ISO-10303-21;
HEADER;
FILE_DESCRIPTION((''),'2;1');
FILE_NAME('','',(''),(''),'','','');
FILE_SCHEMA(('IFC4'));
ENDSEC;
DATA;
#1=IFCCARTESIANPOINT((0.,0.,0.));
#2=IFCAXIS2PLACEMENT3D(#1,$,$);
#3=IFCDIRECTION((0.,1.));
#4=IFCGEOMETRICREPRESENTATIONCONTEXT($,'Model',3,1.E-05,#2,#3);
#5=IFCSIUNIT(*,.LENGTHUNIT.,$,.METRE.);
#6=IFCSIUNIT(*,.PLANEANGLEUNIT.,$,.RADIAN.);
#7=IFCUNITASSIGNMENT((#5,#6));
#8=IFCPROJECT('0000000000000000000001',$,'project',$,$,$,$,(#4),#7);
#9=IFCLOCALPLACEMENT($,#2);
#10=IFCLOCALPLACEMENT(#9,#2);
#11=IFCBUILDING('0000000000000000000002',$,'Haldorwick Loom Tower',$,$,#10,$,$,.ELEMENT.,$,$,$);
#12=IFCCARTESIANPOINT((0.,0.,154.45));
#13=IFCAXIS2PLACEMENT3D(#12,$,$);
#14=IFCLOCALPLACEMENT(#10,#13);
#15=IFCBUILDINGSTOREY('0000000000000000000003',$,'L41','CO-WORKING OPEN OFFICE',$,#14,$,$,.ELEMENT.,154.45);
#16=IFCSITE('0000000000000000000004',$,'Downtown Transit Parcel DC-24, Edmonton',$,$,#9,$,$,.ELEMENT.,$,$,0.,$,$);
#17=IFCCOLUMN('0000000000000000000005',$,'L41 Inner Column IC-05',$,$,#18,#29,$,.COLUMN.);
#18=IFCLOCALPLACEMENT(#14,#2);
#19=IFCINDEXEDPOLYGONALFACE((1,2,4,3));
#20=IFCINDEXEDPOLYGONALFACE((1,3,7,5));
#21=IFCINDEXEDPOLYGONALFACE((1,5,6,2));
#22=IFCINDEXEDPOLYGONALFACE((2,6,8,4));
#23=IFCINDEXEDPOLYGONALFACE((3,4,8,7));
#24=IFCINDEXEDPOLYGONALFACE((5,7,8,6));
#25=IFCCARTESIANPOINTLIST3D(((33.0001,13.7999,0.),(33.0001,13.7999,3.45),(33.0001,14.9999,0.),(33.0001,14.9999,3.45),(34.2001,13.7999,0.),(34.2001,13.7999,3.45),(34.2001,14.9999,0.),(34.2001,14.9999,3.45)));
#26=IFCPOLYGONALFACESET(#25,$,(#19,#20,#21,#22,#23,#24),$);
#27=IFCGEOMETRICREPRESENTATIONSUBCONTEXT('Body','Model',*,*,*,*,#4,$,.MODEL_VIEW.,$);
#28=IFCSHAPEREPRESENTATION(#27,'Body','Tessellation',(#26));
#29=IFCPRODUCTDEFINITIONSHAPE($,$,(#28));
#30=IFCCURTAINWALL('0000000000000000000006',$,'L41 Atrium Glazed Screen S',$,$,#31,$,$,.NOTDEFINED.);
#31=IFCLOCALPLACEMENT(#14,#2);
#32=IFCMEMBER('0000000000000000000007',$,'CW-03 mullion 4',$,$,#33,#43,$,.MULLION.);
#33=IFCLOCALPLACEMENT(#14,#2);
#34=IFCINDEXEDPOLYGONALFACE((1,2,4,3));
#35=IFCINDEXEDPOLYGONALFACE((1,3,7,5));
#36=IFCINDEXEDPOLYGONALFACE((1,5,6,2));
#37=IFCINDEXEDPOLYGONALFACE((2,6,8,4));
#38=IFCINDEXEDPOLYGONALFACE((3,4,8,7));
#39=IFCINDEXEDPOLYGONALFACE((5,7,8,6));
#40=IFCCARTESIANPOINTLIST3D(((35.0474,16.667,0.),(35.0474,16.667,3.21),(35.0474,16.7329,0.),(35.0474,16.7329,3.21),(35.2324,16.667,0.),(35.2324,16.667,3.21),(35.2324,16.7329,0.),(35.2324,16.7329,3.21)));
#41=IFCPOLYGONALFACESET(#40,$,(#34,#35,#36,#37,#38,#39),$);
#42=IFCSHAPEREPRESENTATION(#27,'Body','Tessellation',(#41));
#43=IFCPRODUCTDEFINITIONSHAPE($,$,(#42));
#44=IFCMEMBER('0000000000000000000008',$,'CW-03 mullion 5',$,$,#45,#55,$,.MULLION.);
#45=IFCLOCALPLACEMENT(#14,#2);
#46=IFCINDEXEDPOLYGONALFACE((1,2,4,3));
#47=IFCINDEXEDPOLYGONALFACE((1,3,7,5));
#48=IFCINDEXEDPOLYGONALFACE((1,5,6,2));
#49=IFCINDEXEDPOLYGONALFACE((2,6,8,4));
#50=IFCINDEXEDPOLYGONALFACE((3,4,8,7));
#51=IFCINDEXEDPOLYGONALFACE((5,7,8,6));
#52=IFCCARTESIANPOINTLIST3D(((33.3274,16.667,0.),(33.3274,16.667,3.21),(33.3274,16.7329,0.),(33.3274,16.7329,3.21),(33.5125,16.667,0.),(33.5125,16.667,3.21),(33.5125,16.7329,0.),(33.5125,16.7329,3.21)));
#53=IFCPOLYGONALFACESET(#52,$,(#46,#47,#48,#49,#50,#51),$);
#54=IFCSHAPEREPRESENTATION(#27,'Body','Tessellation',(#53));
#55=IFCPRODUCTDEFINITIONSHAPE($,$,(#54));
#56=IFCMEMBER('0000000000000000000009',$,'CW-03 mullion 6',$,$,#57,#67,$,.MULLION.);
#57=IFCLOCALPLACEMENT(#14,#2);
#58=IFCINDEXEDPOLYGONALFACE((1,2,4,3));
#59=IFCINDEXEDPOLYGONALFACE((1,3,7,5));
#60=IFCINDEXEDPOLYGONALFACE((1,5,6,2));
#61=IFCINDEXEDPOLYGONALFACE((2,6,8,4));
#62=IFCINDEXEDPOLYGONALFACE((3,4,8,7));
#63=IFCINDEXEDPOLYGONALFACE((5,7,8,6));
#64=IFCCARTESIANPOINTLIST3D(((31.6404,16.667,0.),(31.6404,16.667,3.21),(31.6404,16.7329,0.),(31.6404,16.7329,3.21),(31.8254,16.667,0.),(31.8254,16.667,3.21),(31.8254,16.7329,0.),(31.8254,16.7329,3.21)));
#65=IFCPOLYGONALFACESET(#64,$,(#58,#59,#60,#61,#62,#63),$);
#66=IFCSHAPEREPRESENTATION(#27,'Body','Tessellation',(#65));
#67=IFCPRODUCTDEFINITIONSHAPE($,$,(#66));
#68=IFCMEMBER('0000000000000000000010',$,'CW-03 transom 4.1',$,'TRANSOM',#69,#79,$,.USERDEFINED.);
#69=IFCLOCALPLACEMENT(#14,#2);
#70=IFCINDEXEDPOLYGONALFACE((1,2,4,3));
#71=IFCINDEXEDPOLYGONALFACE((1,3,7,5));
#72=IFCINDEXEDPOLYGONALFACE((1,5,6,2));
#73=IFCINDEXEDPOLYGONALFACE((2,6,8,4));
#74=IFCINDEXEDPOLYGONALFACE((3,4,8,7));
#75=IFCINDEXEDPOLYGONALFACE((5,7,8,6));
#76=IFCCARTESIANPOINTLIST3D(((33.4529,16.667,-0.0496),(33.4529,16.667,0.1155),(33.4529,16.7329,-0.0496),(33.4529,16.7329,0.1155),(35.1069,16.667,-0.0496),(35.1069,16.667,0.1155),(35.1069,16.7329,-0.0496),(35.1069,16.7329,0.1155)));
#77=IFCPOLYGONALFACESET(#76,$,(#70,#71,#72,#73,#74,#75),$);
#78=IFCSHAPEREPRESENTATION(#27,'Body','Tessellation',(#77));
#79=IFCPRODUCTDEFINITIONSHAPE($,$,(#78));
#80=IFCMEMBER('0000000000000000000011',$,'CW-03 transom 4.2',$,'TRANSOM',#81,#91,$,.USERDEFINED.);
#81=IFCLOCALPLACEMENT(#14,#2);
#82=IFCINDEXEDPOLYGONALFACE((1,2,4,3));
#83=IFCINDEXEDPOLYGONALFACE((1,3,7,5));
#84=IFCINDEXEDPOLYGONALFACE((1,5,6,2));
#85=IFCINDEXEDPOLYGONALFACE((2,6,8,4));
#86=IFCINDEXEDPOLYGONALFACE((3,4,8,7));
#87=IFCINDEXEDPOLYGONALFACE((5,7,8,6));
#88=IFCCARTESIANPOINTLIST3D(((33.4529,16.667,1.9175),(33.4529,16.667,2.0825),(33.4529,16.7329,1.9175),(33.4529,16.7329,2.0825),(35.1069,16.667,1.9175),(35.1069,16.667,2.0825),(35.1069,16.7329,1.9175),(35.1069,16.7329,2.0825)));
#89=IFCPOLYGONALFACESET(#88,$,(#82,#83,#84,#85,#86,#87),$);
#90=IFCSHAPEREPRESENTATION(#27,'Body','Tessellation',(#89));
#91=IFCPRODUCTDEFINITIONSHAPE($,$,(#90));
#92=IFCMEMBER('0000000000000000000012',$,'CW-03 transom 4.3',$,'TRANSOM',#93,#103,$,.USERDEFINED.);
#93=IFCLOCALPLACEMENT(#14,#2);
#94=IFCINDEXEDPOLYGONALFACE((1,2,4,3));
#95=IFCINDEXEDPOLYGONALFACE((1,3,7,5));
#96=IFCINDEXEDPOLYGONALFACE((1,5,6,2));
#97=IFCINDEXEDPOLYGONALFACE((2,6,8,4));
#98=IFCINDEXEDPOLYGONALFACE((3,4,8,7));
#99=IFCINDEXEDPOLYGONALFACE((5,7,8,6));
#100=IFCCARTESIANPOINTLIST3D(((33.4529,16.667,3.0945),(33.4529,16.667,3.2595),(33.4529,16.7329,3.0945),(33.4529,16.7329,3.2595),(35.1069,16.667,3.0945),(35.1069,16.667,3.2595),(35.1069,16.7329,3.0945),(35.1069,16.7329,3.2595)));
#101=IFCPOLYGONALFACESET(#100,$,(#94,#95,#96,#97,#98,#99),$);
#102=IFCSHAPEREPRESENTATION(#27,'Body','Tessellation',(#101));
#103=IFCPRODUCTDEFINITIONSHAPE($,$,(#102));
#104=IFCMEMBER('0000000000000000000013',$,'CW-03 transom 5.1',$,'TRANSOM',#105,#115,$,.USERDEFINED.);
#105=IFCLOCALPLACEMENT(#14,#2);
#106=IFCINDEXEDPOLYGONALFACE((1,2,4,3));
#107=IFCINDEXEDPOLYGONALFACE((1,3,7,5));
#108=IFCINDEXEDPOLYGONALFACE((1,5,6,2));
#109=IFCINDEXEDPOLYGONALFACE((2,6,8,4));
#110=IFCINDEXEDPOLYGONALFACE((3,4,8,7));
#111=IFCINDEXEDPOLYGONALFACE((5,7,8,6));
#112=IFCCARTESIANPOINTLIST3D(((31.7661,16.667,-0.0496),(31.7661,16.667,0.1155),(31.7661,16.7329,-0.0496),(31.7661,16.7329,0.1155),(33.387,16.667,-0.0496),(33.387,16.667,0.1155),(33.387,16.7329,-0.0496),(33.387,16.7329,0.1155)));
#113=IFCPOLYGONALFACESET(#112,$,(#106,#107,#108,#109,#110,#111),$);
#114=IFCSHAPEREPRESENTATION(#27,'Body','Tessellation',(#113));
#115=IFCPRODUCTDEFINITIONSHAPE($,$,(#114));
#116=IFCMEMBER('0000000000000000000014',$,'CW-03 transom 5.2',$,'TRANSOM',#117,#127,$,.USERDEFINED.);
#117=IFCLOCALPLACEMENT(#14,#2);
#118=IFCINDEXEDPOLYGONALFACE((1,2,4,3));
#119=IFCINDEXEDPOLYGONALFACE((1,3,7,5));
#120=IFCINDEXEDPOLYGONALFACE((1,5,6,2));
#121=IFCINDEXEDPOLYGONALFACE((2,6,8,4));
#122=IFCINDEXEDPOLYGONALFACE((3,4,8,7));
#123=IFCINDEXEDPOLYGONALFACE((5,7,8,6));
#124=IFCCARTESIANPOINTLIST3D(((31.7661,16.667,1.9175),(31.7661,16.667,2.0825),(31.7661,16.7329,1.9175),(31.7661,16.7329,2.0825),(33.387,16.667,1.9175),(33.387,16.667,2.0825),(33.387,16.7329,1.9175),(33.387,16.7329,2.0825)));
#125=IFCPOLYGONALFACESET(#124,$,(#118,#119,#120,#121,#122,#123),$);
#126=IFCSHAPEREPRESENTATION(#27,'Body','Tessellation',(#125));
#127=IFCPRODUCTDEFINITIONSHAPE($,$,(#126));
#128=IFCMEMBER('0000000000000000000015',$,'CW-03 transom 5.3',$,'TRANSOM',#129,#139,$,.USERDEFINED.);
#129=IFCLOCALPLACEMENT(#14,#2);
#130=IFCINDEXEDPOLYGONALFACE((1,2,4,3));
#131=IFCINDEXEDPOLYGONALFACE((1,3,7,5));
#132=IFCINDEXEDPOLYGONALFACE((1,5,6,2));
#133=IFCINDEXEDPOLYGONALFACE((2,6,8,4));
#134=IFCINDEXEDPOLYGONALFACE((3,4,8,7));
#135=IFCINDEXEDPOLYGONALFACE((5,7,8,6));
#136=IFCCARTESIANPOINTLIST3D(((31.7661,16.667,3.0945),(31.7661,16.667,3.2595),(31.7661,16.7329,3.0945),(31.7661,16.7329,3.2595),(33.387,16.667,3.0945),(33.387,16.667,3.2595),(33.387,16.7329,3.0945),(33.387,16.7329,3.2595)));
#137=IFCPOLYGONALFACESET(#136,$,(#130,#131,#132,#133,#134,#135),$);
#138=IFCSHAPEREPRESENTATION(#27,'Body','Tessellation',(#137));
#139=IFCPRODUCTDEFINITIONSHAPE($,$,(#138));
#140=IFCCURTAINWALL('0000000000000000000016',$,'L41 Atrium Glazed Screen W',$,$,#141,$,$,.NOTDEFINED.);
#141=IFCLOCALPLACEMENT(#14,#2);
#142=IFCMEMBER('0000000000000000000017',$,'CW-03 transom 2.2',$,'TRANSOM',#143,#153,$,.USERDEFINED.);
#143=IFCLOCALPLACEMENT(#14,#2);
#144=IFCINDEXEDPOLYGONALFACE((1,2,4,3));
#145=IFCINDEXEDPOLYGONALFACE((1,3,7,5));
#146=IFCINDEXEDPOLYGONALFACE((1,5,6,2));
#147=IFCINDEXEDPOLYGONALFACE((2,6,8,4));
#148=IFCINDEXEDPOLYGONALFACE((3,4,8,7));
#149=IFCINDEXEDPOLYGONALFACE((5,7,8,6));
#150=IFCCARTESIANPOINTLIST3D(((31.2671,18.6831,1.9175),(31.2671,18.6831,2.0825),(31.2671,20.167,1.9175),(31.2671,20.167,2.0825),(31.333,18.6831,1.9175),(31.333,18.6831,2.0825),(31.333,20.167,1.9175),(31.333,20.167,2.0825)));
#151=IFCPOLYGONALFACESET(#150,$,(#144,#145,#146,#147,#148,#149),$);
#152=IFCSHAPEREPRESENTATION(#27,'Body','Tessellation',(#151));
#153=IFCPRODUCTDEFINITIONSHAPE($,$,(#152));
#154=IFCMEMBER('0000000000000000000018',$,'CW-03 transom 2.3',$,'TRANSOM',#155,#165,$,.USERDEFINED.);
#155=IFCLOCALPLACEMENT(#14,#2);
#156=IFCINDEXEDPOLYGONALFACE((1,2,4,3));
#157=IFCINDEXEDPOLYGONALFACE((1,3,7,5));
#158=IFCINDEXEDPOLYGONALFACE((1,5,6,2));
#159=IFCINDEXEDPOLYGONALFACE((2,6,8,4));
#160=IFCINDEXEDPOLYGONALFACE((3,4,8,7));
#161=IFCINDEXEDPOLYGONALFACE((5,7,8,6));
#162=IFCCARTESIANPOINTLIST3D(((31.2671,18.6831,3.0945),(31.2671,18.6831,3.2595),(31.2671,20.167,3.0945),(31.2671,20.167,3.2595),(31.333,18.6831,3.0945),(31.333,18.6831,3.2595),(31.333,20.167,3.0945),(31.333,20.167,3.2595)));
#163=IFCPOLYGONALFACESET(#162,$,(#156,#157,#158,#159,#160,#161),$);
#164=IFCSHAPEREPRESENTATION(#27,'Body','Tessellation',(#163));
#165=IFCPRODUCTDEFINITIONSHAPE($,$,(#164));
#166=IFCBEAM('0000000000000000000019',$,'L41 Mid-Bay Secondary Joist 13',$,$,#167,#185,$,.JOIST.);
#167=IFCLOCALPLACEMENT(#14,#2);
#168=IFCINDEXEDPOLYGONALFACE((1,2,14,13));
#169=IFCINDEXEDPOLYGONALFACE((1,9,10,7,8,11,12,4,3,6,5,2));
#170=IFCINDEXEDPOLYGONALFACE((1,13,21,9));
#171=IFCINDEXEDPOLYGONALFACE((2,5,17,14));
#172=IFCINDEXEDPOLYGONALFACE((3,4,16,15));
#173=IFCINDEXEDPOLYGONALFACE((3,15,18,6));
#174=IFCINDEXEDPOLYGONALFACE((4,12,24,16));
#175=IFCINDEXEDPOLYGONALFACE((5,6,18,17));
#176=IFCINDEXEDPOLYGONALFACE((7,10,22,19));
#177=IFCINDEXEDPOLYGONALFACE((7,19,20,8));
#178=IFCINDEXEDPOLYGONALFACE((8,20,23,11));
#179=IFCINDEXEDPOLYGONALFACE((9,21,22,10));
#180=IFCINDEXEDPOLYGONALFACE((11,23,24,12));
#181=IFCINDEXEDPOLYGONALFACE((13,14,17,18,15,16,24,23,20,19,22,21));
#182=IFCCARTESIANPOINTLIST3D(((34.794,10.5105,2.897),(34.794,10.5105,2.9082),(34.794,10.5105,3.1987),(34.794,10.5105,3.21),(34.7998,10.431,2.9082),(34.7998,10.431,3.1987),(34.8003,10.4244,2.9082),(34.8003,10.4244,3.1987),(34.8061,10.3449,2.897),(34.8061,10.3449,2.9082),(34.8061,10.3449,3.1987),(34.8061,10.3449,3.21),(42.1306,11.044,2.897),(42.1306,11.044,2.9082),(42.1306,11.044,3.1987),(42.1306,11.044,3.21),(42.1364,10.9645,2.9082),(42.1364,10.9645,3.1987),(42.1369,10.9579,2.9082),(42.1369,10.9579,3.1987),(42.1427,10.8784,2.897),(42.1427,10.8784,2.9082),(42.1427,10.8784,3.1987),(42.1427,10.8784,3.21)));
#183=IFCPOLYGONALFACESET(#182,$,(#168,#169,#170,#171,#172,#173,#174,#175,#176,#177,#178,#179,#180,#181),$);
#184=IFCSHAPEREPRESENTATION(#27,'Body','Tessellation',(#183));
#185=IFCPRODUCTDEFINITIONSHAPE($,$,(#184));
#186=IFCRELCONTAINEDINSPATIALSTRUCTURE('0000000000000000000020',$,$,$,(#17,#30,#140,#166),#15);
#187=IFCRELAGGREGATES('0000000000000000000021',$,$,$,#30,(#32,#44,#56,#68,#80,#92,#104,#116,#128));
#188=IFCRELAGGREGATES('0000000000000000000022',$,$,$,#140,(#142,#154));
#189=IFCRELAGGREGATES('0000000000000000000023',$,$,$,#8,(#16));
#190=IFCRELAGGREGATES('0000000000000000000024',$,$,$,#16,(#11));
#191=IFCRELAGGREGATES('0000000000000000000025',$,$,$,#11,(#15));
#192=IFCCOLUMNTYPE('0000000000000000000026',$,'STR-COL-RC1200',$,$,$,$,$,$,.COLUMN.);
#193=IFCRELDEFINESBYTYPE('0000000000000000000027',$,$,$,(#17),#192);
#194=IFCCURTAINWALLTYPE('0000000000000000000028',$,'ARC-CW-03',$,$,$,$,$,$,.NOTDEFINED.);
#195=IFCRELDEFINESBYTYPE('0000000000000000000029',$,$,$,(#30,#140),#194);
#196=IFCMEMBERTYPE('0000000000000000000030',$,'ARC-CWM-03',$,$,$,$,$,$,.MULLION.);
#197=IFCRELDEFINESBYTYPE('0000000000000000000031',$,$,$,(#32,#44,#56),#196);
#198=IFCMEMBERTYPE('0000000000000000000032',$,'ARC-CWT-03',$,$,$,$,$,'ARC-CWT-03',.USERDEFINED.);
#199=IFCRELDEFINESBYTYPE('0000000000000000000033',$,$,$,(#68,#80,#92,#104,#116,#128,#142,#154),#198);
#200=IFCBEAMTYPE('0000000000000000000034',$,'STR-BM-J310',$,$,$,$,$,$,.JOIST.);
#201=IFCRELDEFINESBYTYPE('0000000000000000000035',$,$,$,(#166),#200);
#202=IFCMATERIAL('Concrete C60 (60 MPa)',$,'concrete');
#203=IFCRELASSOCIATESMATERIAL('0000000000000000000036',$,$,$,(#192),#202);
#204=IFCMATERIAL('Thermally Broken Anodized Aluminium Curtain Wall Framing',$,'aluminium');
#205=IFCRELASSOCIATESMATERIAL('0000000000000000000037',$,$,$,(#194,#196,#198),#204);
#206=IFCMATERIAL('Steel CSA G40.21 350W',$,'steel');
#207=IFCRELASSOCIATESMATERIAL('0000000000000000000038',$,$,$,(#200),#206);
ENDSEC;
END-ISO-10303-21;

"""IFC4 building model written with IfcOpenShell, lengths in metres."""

from ifc_helpers import new_model, si_unit, direction, frame, origin, origin_2d, place, context, subcontext, project, spatial, rectangle, i_section, extrude, material, material_profile, profile_set, type_object, element, aggregate, save


model = new_model("IFC4")

# Units and contexts
model_context = context("Model", 3, precision=1e-05, world=origin(), true_north=direction((0.0, 1.0)))
body_context = subcontext(model_context, "Body", "Model", "MODEL_VIEW")
ifc_project = project(units=[si_unit("LENGTHUNIT", "METRE"), si_unit("PLANEANGLEUNIT", "RADIAN")], contexts=[model_context])

# Site, building, storey
site_placement = place(None, origin())
site = spatial("IfcSite", under=ifc_project, at=site_placement, Name="Downtown Transit Parcel DC-24, Edmonton", CompositionType="ELEMENT", RefElevation=0.0)
building_placement = place(site_placement, origin())
building = spatial("IfcBuilding", under=site, at=building_placement, Name="Haldorwick Loom Tower", CompositionType="ELEMENT")
storey_placement = place(building_placement, frame((0.0, 0.0, 154.45)))
storey = spatial("IfcBuildingStorey", under=building, at=storey_placement, Name="L41", Description="CO-WORKING OPEN OFFICE", CompositionType="ELEMENT", Elevation=154.45)

# Column
ifc_material_1 = material(Name="Concrete C60 (60 MPa)", Category="concrete")
ifc_material_profile_1 = material_profile(ifc_material_1, rectangle(XDim=1.2, YDim=1.2, at=origin_2d()), Name="RC1200X1200", Category="concrete")
ifc_profile_set_1 = profile_set([ifc_material_profile_1], Name="Concrete C60 (60 MPa)")
column_type = type_object("IfcColumnType", Name="STR-COL-RC1200", PredefinedType="COLUMN", material=ifc_profile_set_1)
column_placement = place(storey_placement, frame((33.6001, 14.3999, 0.0), z_axis=(0.0, 0.0, 1.0), x_axis=(1.0, 0.0, 0.0)))
element("IfcColumn", 1, at=column_placement, inside=storey, type_object=column_type, Name="L41 Inner Column IC-05", PredefinedType="COLUMN", context=body_context, shape_type="SweptSolid", body=[
    extrude(rectangle(XDim=1.2, YDim=1.2, at=origin_2d()), origin(), (0.0, 0.0, 1.0), 3.45),
])

# Curtain walls, members
ifc_material_2 = material(Name="Thermally Broken Anodized Aluminium Curtain Wall Framing", Category="aluminium")
curtain_wall_type = type_object("IfcCurtainWallType", Name="ARC-CW-03", PredefinedType="NOTDEFINED", material=ifc_material_2)
curtain_wall_1_placement = place(storey_placement, origin())
curtain_wall_1 = element("IfcCurtainWall", 2, at=curtain_wall_1_placement, inside=storey, type_object=curtain_wall_type, Name="L41 Atrium Glazed Screen S", PredefinedType="NOTDEFINED")
ifc_material_profile_2 = material_profile(ifc_material_2, rectangle(XDim=0.0659, YDim=0.1851, at=origin_2d()), Name="ALU_MUL_66X185", Category="aluminium")
ifc_profile_set_2 = profile_set([ifc_material_profile_2], Name="Thermally Broken Anodized Aluminium Curtain Wall Framing")
member_type_1 = type_object("IfcMemberType", Name="ARC-CWM-03", PredefinedType="MULLION", material=ifc_profile_set_2)
member_1_placement = place(storey_placement, frame((35.1399, 16.7, 0.0), z_axis=(0.0, 0.0, 1.0), x_axis=(0.0, -1.0, 0.0)))
member_1 = element("IfcMember", 3, at=member_1_placement, type_object=member_type_1, Name="CW-03 mullion 4", PredefinedType="MULLION", context=body_context, shape_type="SweptSolid", body=[
    extrude(rectangle(XDim=0.0659, YDim=0.1851, at=origin_2d()), origin(), (0.0, 0.0, 1.0), 3.21),
])
member_2_placement = place(storey_placement, frame((33.4199, 16.7, 0.0), z_axis=(0.0, 0.0, 1.0), x_axis=(0.0, -1.0, 0.0)))
member_2 = element("IfcMember", 4, at=member_2_placement, type_object=member_type_1, Name="CW-03 mullion 5", PredefinedType="MULLION", context=body_context, shape_type="SweptSolid", body=[
    extrude(rectangle(XDim=0.0659, YDim=0.1851, at=origin_2d()), origin(), (0.0, 0.0, 1.0), 3.21),
])
member_3_placement = place(storey_placement, frame((31.7329, 16.7, 0.0), z_axis=(0.0, 0.0, 1.0), x_axis=(0.0, -1.0, 0.0)))
member_3 = element("IfcMember", 5, at=member_3_placement, type_object=member_type_1, Name="CW-03 mullion 6", PredefinedType="MULLION", context=body_context, shape_type="SweptSolid", body=[
    extrude(rectangle(XDim=0.0659, YDim=0.1851, at=origin_2d()), origin(), (0.0, 0.0, 1.0), 3.21),
])
ifc_material_profile_3 = material_profile(ifc_material_2, rectangle(XDim=0.0659, YDim=0.165, at=origin_2d()), Name="ALU_TRN_66X165", Category="aluminium")
ifc_profile_set_3 = profile_set([ifc_material_profile_3], Name="Thermally Broken Anodized Aluminium Curtain Wall Framing")
member_type_2 = type_object("IfcMemberType", Name="ARC-CWT-03", ElementType="ARC-CWT-03", PredefinedType="USERDEFINED", material=ifc_profile_set_3)
member_4_placement = place(storey_placement, frame((35.1069, 16.7, 0.033), z_axis=(-1.0, 0.0, 0.0), x_axis=(0.0, -1.0, 0.0)))
member_4 = element("IfcMember", 6, at=member_4_placement, type_object=member_type_2, Name="CW-03 transom 4.1", ObjectType="TRANSOM", PredefinedType="USERDEFINED", context=body_context, shape_type="SweptSolid", body=[
    extrude(rectangle(XDim=0.0659, YDim=0.165, at=origin_2d()), origin(), (0.0, 0.0, 1.0), 1.6541),
])
member_5_placement = place(storey_placement, frame((35.1069, 16.7, 2.0), z_axis=(-1.0, 0.0, 0.0), x_axis=(0.0, -1.0, 0.0)))
member_5 = element("IfcMember", 7, at=member_5_placement, type_object=member_type_2, Name="CW-03 transom 4.2", ObjectType="TRANSOM", PredefinedType="USERDEFINED", context=body_context, shape_type="SweptSolid", body=[
    extrude(rectangle(XDim=0.0659, YDim=0.165, at=origin_2d()), origin(), (0.0, 0.0, 1.0), 1.6541),
])
member_6_placement = place(storey_placement, frame((35.1069, 16.7, 3.177), z_axis=(-1.0, 0.0, 0.0), x_axis=(0.0, -1.0, 0.0)))
member_6 = element("IfcMember", 8, at=member_6_placement, type_object=member_type_2, Name="CW-03 transom 4.3", ObjectType="TRANSOM", PredefinedType="USERDEFINED", context=body_context, shape_type="SweptSolid", body=[
    extrude(rectangle(XDim=0.0659, YDim=0.165, at=origin_2d()), origin(), (0.0, 0.0, 1.0), 1.6541),
])
member_7_placement = place(storey_placement, frame((33.387, 16.7, 0.033), z_axis=(-1.0, 0.0, 0.0), x_axis=(0.0, -1.0, 0.0)))
member_7 = element("IfcMember", 9, at=member_7_placement, type_object=member_type_2, Name="CW-03 transom 5.1", ObjectType="TRANSOM", PredefinedType="USERDEFINED", context=body_context, shape_type="SweptSolid", body=[
    extrude(rectangle(XDim=0.0659, YDim=0.165, at=origin_2d()), origin(), (0.0, 0.0, 1.0), 1.6208),
])
member_8_placement = place(storey_placement, frame((33.387, 16.7, 2.0), z_axis=(-1.0, 0.0, 0.0), x_axis=(0.0, -1.0, 0.0)))
member_8 = element("IfcMember", 10, at=member_8_placement, type_object=member_type_2, Name="CW-03 transom 5.2", ObjectType="TRANSOM", PredefinedType="USERDEFINED", context=body_context, shape_type="SweptSolid", body=[
    extrude(rectangle(XDim=0.0659, YDim=0.165, at=origin_2d()), origin(), (0.0, 0.0, 1.0), 1.6208),
])
member_9_placement = place(storey_placement, frame((33.387, 16.7, 3.177), z_axis=(-1.0, 0.0, 0.0), x_axis=(0.0, -1.0, 0.0)))
member_9 = element("IfcMember", 11, at=member_9_placement, type_object=member_type_2, Name="CW-03 transom 5.3", ObjectType="TRANSOM", PredefinedType="USERDEFINED", context=body_context, shape_type="SweptSolid", body=[
    extrude(rectangle(XDim=0.0659, YDim=0.165, at=origin_2d()), origin(), (0.0, 0.0, 1.0), 1.6208),
])
curtain_wall_2_placement = place(storey_placement, origin())
curtain_wall_2 = element("IfcCurtainWall", 12, at=curtain_wall_2_placement, inside=storey, type_object=curtain_wall_type, Name="L41 Atrium Glazed Screen W", PredefinedType="NOTDEFINED")
member_10_placement = place(storey_placement, frame((31.3, 18.6831, 2.0), z_axis=(0.0, 1.0, 0.0), x_axis=(-1.0, 0.0, 0.0)))
member_10 = element("IfcMember", 13, at=member_10_placement, type_object=member_type_2, Name="CW-03 transom 2.2", ObjectType="TRANSOM", PredefinedType="USERDEFINED", context=body_context, shape_type="SweptSolid", body=[
    extrude(rectangle(XDim=0.0659, YDim=0.165, at=origin_2d()), origin(), (0.0, 0.0, 1.0), 1.4839),
])
member_11_placement = place(storey_placement, frame((31.3, 18.6831, 3.177), z_axis=(0.0, 1.0, 0.0), x_axis=(-1.0, 0.0, 0.0)))
member_11 = element("IfcMember", 14, at=member_11_placement, type_object=member_type_2, Name="CW-03 transom 2.3", ObjectType="TRANSOM", PredefinedType="USERDEFINED", context=body_context, shape_type="SweptSolid", body=[
    extrude(rectangle(XDim=0.0659, YDim=0.165, at=origin_2d()), origin(), (0.0, 0.0, 1.0), 1.4839),
])

# Beam
ifc_material_3 = material(Name="Steel CSA G40.21 350W", Category="steel")
ifc_material_profile_4 = material_profile(ifc_material_3, i_section(OverallWidth=0.166, OverallDepth=0.313, WebThickness=0.0066, FlangeThickness=0.0112, at=origin_2d()), Name="W310X45", Category="steel")
ifc_profile_set_4 = profile_set([ifc_material_profile_4], Name="Steel CSA G40.21 350W")
beam_type_1 = type_object("IfcBeamType", Name="STR-BM-J310", PredefinedType="JOIST", material=ifc_profile_set_4)
beam_1_placement = place(storey_placement, frame((34.8, 10.4277, 3.0535), z_axis=(0.997367, 0.072518, 0.0), x_axis=(-0.072518, 0.997367, 0.0)))
element("IfcBeam", 15, at=beam_1_placement, inside=storey, type_object=beam_type_1, Name="L41 Mid-Bay Secondary Joist 13", PredefinedType="JOIST", context=body_context, shape_type="SweptSolid", body=[
    extrude(i_section(OverallWidth=0.166, OverallDepth=0.313, WebThickness=0.0066, FlangeThickness=0.0112, at=origin_2d()), origin(), (0.0, 0.0, 1.0), 7.356),
])

aggregate(curtain_wall_1, [member_1, member_2, member_3, member_4, member_5, member_6, member_7, member_8, member_9])
aggregate(curtain_wall_2, [member_10, member_11])

save(model, "model.ifc")
